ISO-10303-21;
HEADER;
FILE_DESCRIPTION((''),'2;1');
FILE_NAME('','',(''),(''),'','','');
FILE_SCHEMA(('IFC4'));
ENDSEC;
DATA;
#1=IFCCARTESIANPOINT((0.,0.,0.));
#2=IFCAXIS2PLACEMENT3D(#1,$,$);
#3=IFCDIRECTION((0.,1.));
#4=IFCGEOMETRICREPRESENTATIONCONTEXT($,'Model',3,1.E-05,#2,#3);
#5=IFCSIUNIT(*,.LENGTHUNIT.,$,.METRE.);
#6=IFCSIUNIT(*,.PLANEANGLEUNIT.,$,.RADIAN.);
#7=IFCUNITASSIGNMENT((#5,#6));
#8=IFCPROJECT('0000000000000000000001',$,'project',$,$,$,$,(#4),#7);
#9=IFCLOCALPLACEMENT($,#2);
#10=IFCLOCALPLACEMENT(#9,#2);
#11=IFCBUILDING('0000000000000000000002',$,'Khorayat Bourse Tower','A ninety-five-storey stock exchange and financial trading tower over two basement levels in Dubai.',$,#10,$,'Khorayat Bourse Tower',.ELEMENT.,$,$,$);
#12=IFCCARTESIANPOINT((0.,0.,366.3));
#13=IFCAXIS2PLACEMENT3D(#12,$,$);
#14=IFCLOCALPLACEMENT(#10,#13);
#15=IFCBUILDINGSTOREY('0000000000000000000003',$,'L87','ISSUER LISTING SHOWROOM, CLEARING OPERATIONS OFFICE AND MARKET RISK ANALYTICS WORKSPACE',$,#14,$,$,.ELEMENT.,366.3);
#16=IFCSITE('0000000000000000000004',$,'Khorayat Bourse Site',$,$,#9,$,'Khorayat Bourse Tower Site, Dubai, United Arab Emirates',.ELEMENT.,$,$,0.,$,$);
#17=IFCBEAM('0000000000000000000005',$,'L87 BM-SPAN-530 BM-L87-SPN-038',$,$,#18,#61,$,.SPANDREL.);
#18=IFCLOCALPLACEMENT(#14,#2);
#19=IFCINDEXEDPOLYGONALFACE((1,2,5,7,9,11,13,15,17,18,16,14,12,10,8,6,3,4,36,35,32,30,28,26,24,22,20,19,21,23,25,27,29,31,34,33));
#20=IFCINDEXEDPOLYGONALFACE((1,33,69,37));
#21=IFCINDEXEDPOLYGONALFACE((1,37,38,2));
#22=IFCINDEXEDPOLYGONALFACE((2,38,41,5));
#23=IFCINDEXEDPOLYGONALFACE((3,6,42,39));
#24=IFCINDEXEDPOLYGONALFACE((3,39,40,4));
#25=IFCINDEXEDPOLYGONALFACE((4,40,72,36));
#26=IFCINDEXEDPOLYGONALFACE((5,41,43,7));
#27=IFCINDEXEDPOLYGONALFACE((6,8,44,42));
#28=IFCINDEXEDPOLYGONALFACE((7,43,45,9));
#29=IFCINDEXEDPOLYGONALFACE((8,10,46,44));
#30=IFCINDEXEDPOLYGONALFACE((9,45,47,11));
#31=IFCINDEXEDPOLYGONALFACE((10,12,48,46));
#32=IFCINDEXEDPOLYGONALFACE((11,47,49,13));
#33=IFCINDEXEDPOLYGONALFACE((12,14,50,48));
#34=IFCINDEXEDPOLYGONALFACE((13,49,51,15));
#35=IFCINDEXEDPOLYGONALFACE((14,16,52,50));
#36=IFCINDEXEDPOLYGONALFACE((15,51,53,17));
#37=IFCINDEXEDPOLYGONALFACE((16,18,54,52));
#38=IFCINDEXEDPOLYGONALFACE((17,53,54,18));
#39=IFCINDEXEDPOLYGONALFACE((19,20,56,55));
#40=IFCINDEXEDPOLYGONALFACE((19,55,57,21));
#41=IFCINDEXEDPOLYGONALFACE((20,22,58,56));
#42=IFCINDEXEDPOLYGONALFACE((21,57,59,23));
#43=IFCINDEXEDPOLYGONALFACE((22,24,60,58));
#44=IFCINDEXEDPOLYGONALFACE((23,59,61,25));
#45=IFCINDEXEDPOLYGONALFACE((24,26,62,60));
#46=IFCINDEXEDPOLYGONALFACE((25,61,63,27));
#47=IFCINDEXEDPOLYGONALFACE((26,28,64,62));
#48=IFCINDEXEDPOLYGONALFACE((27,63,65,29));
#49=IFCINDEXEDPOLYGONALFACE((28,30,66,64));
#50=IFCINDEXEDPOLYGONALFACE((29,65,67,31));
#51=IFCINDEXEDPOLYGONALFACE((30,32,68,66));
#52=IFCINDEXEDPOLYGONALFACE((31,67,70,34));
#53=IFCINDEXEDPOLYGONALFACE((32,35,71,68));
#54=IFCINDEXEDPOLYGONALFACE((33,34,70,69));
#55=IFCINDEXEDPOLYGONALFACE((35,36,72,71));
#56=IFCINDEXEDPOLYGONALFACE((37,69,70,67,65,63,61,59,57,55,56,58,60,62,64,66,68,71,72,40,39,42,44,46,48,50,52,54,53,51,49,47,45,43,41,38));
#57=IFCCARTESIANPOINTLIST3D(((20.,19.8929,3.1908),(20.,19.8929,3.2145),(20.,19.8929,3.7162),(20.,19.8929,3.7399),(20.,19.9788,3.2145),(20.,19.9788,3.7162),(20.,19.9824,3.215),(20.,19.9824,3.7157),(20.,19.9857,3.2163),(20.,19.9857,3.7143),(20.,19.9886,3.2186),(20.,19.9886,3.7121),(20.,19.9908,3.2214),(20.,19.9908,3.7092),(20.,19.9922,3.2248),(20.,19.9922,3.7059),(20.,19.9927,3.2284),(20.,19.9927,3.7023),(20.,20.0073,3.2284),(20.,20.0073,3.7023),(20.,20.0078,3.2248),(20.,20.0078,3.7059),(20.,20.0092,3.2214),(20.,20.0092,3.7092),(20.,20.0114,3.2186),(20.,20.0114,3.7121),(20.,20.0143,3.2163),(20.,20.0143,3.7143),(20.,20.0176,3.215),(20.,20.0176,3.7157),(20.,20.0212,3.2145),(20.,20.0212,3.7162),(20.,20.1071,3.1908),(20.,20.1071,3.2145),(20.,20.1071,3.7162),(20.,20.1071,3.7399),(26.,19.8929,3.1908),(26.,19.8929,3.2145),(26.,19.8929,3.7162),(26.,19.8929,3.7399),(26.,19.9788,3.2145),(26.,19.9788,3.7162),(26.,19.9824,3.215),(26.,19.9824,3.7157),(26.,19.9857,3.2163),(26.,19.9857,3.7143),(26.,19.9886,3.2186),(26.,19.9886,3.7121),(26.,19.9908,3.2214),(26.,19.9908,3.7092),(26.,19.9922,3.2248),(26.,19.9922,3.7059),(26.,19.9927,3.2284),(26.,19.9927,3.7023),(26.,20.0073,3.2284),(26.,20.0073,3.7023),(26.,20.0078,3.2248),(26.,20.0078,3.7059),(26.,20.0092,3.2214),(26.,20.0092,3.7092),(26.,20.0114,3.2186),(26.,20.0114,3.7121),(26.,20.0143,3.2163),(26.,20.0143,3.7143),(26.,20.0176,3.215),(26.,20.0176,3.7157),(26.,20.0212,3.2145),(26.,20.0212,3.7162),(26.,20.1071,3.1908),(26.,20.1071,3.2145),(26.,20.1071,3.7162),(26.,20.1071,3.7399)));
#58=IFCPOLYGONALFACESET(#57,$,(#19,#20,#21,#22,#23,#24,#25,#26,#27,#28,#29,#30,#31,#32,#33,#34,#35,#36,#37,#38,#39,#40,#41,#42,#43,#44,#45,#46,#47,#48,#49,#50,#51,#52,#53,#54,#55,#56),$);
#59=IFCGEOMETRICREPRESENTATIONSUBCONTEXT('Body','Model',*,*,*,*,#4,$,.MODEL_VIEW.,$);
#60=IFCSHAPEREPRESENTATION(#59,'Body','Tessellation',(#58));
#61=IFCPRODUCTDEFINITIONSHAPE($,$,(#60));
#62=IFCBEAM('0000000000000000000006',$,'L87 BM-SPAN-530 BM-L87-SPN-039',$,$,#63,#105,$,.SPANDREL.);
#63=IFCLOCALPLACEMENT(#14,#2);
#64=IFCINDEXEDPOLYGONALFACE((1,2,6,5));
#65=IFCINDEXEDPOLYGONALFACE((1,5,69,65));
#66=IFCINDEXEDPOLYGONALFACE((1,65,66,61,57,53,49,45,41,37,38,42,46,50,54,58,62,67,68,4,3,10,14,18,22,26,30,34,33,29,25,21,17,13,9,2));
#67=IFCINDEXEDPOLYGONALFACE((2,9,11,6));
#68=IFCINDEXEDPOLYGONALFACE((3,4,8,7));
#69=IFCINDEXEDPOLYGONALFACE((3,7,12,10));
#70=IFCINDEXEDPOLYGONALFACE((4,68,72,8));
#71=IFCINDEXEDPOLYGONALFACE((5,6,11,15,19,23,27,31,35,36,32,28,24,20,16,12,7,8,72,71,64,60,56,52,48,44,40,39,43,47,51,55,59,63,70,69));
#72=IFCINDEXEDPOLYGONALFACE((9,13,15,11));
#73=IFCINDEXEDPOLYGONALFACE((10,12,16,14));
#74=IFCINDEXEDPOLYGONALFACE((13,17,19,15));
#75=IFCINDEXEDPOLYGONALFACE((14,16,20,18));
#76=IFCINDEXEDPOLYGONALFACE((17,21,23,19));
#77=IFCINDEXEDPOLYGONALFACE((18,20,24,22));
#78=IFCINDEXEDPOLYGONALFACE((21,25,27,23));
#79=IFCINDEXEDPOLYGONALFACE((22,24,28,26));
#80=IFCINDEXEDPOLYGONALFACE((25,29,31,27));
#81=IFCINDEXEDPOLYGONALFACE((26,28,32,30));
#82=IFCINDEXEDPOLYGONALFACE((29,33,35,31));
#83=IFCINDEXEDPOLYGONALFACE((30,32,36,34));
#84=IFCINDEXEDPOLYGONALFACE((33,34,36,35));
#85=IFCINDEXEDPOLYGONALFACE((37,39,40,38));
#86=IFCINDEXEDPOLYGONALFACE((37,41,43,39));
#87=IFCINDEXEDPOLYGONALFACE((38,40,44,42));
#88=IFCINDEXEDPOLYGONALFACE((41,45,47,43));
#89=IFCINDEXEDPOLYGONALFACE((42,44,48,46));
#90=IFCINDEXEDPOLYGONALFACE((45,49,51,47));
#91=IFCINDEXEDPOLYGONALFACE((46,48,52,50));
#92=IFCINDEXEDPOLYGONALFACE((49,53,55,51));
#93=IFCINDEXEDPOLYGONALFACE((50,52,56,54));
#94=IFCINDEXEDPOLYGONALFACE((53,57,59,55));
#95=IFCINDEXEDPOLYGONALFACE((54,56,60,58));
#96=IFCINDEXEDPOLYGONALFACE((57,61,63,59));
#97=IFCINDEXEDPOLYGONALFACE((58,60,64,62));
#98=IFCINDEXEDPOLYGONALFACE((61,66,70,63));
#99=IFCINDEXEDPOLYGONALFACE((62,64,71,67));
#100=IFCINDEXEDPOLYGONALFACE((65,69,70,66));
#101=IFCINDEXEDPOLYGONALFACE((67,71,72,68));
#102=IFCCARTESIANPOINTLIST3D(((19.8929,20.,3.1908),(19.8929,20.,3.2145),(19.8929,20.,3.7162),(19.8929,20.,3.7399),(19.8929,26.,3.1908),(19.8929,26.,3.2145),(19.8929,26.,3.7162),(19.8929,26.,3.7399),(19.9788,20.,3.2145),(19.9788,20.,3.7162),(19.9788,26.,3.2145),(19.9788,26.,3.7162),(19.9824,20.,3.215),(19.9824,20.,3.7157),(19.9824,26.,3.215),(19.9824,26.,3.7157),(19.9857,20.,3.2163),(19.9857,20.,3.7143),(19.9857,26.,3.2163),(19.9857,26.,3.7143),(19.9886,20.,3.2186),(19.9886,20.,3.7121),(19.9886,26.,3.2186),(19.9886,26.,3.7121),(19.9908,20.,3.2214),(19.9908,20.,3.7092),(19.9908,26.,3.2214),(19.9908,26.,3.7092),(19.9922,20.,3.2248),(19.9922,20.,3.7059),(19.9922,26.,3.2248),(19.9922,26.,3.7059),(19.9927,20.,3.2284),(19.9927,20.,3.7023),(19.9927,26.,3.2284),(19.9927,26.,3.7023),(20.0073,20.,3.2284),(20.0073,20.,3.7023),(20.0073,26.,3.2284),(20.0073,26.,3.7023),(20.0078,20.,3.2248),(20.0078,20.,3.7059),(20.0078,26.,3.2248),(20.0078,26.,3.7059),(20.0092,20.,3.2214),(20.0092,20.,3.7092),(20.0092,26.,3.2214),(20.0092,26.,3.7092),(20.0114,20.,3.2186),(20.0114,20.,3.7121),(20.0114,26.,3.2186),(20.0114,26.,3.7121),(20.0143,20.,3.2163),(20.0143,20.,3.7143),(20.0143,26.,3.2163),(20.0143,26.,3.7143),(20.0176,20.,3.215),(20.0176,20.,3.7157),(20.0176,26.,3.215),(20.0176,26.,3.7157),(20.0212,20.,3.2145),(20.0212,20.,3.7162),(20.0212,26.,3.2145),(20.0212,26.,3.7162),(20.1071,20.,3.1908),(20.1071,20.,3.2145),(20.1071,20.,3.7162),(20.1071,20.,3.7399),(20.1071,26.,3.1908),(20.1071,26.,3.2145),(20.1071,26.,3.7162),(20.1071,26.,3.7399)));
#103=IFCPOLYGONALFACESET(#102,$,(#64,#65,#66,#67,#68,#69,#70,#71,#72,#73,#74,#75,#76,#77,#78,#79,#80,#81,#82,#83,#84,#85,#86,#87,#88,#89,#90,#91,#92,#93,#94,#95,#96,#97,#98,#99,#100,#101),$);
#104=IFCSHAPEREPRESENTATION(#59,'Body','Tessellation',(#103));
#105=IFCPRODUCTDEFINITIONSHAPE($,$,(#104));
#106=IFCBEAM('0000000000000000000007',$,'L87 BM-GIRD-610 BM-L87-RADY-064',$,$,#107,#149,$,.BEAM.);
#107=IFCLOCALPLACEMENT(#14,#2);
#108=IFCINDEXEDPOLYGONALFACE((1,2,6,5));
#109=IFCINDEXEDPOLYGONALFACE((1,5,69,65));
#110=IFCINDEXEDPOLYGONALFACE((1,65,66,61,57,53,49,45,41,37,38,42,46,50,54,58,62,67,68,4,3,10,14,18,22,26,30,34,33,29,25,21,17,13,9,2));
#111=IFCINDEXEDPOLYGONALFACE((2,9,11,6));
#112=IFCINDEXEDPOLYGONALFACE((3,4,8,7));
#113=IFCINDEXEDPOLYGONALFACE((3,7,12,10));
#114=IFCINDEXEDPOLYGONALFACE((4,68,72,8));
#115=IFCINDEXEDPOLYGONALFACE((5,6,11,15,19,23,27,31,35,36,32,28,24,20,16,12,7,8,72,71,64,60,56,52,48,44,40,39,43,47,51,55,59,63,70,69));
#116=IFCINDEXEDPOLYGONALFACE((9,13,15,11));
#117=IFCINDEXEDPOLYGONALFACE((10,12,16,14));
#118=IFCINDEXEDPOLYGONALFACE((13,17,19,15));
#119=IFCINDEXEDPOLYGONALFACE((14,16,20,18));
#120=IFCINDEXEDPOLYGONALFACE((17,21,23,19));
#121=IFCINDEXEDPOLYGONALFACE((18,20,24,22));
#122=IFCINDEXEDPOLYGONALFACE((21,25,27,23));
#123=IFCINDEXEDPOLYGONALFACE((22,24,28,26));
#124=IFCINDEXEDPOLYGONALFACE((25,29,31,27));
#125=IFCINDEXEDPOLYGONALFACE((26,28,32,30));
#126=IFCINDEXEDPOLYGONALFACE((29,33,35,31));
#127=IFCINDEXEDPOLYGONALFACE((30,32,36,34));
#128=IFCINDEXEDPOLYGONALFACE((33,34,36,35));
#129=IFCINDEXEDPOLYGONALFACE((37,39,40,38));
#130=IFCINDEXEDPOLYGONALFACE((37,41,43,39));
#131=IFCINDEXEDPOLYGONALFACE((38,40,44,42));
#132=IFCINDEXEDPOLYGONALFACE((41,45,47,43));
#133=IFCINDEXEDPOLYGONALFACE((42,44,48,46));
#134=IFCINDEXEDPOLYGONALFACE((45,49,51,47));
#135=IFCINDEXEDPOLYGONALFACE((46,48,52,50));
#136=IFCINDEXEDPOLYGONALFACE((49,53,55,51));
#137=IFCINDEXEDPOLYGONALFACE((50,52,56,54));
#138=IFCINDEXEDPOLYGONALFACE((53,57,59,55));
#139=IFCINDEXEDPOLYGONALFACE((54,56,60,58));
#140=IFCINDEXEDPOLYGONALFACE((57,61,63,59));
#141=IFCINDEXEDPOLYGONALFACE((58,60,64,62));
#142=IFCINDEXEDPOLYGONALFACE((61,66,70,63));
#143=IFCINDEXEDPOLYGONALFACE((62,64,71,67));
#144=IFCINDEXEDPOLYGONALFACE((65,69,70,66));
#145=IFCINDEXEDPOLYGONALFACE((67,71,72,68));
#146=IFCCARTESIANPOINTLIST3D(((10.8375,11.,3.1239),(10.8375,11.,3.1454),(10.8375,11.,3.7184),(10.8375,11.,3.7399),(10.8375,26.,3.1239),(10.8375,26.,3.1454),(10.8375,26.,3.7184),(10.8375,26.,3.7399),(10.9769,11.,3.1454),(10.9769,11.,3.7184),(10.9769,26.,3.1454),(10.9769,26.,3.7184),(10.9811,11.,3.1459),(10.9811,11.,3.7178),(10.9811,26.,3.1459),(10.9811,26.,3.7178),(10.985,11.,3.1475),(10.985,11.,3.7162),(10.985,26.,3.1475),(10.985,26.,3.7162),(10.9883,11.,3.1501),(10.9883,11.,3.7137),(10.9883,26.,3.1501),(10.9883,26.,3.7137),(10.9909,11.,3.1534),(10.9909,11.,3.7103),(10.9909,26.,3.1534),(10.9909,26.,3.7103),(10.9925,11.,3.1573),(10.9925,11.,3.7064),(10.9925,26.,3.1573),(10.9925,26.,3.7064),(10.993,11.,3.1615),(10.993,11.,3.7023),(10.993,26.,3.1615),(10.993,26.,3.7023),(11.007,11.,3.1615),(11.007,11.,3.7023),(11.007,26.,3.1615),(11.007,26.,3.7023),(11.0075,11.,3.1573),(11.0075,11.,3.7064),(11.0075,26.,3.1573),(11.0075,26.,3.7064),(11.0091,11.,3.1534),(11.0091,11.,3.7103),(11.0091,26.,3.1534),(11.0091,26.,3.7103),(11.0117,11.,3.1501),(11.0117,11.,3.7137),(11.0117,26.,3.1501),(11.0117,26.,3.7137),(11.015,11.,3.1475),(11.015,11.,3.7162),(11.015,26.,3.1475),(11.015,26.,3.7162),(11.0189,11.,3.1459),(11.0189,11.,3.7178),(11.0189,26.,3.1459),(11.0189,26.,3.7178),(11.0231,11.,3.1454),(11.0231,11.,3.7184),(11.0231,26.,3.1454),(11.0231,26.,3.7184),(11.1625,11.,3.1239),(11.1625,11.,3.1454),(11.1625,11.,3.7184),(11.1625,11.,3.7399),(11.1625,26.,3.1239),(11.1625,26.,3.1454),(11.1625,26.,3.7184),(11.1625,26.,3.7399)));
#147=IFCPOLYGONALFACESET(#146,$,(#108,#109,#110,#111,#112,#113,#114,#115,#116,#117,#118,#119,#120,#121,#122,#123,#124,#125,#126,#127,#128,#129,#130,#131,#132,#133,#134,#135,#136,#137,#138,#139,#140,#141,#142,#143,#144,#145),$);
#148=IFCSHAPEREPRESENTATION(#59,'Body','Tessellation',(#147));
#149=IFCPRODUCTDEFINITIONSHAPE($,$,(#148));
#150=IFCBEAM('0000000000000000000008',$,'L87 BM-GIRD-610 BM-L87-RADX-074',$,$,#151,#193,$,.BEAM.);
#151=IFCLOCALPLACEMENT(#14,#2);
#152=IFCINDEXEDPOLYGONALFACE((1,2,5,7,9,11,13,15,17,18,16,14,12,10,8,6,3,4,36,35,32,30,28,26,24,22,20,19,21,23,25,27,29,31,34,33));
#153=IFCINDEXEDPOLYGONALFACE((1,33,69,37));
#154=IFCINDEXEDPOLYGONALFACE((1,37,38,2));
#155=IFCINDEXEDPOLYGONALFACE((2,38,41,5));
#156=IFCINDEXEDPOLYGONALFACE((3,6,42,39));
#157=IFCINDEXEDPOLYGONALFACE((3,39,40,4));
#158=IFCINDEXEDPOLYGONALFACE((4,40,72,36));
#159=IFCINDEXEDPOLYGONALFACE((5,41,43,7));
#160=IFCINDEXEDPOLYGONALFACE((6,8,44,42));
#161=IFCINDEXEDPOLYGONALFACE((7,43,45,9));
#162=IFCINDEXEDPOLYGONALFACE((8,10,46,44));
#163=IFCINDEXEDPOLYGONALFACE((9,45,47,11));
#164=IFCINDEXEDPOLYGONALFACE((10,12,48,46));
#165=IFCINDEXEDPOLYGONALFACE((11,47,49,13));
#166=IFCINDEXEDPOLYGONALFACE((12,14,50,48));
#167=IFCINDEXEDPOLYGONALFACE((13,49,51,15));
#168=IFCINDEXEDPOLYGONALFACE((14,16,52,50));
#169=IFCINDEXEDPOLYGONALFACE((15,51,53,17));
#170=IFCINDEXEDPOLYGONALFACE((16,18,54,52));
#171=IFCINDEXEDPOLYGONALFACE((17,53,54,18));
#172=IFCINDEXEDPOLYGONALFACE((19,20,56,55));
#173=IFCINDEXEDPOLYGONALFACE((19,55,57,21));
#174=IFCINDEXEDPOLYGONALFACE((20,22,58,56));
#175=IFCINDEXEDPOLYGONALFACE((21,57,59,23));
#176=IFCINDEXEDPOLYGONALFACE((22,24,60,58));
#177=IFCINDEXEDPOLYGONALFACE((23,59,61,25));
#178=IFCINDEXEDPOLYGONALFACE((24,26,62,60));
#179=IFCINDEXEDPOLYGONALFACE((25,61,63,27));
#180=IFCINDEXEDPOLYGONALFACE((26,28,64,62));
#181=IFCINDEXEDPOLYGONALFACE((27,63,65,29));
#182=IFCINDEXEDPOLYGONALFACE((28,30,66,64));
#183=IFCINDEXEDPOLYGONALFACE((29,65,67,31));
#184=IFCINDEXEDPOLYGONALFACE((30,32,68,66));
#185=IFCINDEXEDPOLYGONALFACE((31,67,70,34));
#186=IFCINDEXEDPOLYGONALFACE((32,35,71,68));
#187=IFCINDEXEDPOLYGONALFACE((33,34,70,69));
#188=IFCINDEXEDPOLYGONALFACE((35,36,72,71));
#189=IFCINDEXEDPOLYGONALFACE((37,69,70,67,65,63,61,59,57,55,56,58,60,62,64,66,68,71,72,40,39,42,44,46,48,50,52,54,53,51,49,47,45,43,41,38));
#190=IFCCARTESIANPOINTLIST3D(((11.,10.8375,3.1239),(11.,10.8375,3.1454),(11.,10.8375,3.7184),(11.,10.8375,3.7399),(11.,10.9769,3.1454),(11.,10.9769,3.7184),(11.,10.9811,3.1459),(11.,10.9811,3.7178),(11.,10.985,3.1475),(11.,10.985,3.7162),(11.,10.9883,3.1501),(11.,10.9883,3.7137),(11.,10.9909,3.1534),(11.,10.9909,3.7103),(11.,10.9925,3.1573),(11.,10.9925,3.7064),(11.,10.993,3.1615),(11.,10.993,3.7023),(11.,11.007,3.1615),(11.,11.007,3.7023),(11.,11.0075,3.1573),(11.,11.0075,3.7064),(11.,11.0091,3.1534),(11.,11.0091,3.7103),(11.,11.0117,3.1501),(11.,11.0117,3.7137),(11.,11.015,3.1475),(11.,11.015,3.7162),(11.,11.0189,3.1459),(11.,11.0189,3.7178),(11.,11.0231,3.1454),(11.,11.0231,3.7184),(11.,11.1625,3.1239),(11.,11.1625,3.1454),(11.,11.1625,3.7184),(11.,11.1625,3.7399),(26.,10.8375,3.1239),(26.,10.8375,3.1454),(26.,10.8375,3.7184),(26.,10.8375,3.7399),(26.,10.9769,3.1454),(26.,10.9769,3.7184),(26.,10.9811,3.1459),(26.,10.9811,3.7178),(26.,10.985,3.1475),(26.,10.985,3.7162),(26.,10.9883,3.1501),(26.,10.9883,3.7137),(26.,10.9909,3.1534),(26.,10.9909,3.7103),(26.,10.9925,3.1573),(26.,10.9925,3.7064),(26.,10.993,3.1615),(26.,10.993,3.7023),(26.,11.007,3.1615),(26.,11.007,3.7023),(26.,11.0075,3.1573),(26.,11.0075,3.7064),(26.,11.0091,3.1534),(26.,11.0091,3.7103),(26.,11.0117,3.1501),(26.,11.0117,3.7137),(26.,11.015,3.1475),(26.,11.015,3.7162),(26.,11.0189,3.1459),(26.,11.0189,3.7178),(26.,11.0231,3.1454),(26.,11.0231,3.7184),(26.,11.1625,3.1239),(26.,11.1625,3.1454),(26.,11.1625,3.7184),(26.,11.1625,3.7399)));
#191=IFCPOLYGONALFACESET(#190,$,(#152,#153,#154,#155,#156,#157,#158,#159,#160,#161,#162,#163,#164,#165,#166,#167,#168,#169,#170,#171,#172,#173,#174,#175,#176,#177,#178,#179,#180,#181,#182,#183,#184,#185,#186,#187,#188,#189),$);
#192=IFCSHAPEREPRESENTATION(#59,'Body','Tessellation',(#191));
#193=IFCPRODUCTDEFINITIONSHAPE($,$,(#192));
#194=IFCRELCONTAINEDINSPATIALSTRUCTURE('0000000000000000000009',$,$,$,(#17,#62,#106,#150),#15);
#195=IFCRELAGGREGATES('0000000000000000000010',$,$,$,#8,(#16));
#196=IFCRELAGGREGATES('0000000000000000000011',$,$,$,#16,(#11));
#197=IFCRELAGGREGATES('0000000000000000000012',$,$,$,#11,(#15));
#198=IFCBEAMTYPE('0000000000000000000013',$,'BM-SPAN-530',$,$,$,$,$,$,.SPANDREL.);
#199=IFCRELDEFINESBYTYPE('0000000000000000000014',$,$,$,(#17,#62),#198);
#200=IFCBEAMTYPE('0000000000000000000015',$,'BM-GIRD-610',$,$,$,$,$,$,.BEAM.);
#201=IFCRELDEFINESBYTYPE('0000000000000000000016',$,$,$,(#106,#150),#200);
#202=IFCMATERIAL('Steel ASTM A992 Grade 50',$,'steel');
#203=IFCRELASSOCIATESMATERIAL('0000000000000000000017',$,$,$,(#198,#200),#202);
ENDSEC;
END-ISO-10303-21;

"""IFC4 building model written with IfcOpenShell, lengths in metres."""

from ifc_helpers import new_model, si_unit, direction, frame, origin, origin_2d, place, context, subcontext, project, spatial, i_section, extrude, source, transform, mapped, material, material_profile, profile_set, type_object, element, save


model = new_model("IFC4")

# Units and contexts
model_context = context("Model", 3, precision=1e-05, world=origin(), true_north=direction((0.0, 1.0)))
body_context = subcontext(model_context, "Body", "Model", "MODEL_VIEW")
ifc_project = project(units=[si_unit("LENGTHUNIT", "METRE"), si_unit("PLANEANGLEUNIT", "RADIAN")], contexts=[model_context])

# Site, building, storey
site_placement = place(None, origin())
site = spatial("IfcSite", under=ifc_project, at=site_placement, Name="Khorayat Bourse Site", LongName="Khorayat Bourse Tower Site, Dubai, United Arab Emirates", CompositionType="ELEMENT", RefElevation=0.0)
building_placement = place(site_placement, origin())
building = spatial("IfcBuilding", under=site, at=building_placement, Name="Khorayat Bourse Tower", Description="A ninety-five-storey stock exchange and financial trading tower over two basement levels in Dubai.", LongName="Khorayat Bourse Tower", CompositionType="ELEMENT")
storey_placement = place(building_placement, frame((0.0, 0.0, 366.3)))
storey = spatial("IfcBuildingStorey", under=building, at=storey_placement, Name="L87", Description="ISSUER LISTING SHOWROOM, CLEARING OPERATIONS OFFICE AND MARKET RISK ANALYTICS WORKSPACE", CompositionType="ELEMENT", Elevation=366.3)

# Beams
ifc_material_1 = material(Name="Steel ASTM A992 Grade 50", Category="steel")
ifc_material_profile_1 = material_profile(ifc_material_1, i_section(OverallWidth=0.2141, OverallDepth=0.5491, WebThickness=0.0146, FlangeThickness=0.0237, FilletRadius=0.0139, at=origin_2d()), Name="W530X138")
ifc_profile_set_1 = profile_set([ifc_material_profile_1], Name="Steel ASTM A992 Grade 50")
beam_type_1 = type_object("IfcBeamType", Name="BM-SPAN-530", PredefinedType="SPANDREL", material=ifc_profile_set_1)
shared_shape_1 = source(origin(), body_context, "Body", "SweptSolid", [
    extrude(i_section(OverallWidth=0.2141, OverallDepth=0.5491, WebThickness=0.0146, FlangeThickness=0.0237, FilletRadius=0.0139, at=origin_2d()), origin(), (0.0, 0.0, 1.0), 6.0),
])
for number, where, z_axis, x_axis, name in (
    (1, (20.0, 20.0, 3.4653), (1.0, 0.0, 0.0), (0.0, 1.0, 0.0), "L87 BM-SPAN-530 BM-L87-SPN-038"),
    (2, (20.0, 20.0, 3.4653), (0.0, 1.0, 0.0), (-1.0, 0.0, 0.0), "L87 BM-SPAN-530 BM-L87-SPN-039"),
):
    element("IfcBeam", number, at=place(storey_placement, frame(where, z_axis=z_axis, x_axis=x_axis)), inside=storey, type_object=beam_type_1, Name=name, PredefinedType="SPANDREL", context=body_context, shape_type="MappedRepresentation", body=[
        mapped(shared_shape_1, transform((0.0, 0.0, 0.0), scale=1.0)),
    ])
ifc_material_profile_2 = material_profile(ifc_material_1, i_section(OverallWidth=0.325, OverallDepth=0.616, WebThickness=0.0139, FlangeThickness=0.0215, FilletRadius=0.0161, at=origin_2d()), Name="W610X174")
ifc_profile_set_2 = profile_set([ifc_material_profile_2], Name="Steel ASTM A992 Grade 50")
beam_type_2 = type_object("IfcBeamType", Name="BM-GIRD-610", PredefinedType="BEAM", material=ifc_profile_set_2)
shared_shape_2 = source(origin(), body_context, "Body", "SweptSolid", [
    extrude(i_section(OverallWidth=0.325, OverallDepth=0.616, WebThickness=0.0139, FlangeThickness=0.0215, FilletRadius=0.0161, at=origin_2d()), origin(), (0.0, 0.0, 1.0), 15.0),
])
for number, where, z_axis, x_axis, name in (
    (3, (11.0, 11.0, 3.4319), (0.0, 1.0, 0.0), (-1.0, 0.0, 0.0), "L87 BM-GIRD-610 BM-L87-RADY-064"),
    (4, (11.0, 11.0, 3.4319), (1.0, 0.0, 0.0), (0.0, 1.0, 0.0), "L87 BM-GIRD-610 BM-L87-RADX-074"),
):
    element("IfcBeam", number, at=place(storey_placement, frame(where, z_axis=z_axis, x_axis=x_axis)), inside=storey, type_object=beam_type_2, Name=name, PredefinedType="BEAM", context=body_context, shape_type="MappedRepresentation", body=[
        mapped(shared_shape_2, transform((0.0, 0.0, 0.0), scale=1.0)),
    ])

save(model, "model.ifc")
